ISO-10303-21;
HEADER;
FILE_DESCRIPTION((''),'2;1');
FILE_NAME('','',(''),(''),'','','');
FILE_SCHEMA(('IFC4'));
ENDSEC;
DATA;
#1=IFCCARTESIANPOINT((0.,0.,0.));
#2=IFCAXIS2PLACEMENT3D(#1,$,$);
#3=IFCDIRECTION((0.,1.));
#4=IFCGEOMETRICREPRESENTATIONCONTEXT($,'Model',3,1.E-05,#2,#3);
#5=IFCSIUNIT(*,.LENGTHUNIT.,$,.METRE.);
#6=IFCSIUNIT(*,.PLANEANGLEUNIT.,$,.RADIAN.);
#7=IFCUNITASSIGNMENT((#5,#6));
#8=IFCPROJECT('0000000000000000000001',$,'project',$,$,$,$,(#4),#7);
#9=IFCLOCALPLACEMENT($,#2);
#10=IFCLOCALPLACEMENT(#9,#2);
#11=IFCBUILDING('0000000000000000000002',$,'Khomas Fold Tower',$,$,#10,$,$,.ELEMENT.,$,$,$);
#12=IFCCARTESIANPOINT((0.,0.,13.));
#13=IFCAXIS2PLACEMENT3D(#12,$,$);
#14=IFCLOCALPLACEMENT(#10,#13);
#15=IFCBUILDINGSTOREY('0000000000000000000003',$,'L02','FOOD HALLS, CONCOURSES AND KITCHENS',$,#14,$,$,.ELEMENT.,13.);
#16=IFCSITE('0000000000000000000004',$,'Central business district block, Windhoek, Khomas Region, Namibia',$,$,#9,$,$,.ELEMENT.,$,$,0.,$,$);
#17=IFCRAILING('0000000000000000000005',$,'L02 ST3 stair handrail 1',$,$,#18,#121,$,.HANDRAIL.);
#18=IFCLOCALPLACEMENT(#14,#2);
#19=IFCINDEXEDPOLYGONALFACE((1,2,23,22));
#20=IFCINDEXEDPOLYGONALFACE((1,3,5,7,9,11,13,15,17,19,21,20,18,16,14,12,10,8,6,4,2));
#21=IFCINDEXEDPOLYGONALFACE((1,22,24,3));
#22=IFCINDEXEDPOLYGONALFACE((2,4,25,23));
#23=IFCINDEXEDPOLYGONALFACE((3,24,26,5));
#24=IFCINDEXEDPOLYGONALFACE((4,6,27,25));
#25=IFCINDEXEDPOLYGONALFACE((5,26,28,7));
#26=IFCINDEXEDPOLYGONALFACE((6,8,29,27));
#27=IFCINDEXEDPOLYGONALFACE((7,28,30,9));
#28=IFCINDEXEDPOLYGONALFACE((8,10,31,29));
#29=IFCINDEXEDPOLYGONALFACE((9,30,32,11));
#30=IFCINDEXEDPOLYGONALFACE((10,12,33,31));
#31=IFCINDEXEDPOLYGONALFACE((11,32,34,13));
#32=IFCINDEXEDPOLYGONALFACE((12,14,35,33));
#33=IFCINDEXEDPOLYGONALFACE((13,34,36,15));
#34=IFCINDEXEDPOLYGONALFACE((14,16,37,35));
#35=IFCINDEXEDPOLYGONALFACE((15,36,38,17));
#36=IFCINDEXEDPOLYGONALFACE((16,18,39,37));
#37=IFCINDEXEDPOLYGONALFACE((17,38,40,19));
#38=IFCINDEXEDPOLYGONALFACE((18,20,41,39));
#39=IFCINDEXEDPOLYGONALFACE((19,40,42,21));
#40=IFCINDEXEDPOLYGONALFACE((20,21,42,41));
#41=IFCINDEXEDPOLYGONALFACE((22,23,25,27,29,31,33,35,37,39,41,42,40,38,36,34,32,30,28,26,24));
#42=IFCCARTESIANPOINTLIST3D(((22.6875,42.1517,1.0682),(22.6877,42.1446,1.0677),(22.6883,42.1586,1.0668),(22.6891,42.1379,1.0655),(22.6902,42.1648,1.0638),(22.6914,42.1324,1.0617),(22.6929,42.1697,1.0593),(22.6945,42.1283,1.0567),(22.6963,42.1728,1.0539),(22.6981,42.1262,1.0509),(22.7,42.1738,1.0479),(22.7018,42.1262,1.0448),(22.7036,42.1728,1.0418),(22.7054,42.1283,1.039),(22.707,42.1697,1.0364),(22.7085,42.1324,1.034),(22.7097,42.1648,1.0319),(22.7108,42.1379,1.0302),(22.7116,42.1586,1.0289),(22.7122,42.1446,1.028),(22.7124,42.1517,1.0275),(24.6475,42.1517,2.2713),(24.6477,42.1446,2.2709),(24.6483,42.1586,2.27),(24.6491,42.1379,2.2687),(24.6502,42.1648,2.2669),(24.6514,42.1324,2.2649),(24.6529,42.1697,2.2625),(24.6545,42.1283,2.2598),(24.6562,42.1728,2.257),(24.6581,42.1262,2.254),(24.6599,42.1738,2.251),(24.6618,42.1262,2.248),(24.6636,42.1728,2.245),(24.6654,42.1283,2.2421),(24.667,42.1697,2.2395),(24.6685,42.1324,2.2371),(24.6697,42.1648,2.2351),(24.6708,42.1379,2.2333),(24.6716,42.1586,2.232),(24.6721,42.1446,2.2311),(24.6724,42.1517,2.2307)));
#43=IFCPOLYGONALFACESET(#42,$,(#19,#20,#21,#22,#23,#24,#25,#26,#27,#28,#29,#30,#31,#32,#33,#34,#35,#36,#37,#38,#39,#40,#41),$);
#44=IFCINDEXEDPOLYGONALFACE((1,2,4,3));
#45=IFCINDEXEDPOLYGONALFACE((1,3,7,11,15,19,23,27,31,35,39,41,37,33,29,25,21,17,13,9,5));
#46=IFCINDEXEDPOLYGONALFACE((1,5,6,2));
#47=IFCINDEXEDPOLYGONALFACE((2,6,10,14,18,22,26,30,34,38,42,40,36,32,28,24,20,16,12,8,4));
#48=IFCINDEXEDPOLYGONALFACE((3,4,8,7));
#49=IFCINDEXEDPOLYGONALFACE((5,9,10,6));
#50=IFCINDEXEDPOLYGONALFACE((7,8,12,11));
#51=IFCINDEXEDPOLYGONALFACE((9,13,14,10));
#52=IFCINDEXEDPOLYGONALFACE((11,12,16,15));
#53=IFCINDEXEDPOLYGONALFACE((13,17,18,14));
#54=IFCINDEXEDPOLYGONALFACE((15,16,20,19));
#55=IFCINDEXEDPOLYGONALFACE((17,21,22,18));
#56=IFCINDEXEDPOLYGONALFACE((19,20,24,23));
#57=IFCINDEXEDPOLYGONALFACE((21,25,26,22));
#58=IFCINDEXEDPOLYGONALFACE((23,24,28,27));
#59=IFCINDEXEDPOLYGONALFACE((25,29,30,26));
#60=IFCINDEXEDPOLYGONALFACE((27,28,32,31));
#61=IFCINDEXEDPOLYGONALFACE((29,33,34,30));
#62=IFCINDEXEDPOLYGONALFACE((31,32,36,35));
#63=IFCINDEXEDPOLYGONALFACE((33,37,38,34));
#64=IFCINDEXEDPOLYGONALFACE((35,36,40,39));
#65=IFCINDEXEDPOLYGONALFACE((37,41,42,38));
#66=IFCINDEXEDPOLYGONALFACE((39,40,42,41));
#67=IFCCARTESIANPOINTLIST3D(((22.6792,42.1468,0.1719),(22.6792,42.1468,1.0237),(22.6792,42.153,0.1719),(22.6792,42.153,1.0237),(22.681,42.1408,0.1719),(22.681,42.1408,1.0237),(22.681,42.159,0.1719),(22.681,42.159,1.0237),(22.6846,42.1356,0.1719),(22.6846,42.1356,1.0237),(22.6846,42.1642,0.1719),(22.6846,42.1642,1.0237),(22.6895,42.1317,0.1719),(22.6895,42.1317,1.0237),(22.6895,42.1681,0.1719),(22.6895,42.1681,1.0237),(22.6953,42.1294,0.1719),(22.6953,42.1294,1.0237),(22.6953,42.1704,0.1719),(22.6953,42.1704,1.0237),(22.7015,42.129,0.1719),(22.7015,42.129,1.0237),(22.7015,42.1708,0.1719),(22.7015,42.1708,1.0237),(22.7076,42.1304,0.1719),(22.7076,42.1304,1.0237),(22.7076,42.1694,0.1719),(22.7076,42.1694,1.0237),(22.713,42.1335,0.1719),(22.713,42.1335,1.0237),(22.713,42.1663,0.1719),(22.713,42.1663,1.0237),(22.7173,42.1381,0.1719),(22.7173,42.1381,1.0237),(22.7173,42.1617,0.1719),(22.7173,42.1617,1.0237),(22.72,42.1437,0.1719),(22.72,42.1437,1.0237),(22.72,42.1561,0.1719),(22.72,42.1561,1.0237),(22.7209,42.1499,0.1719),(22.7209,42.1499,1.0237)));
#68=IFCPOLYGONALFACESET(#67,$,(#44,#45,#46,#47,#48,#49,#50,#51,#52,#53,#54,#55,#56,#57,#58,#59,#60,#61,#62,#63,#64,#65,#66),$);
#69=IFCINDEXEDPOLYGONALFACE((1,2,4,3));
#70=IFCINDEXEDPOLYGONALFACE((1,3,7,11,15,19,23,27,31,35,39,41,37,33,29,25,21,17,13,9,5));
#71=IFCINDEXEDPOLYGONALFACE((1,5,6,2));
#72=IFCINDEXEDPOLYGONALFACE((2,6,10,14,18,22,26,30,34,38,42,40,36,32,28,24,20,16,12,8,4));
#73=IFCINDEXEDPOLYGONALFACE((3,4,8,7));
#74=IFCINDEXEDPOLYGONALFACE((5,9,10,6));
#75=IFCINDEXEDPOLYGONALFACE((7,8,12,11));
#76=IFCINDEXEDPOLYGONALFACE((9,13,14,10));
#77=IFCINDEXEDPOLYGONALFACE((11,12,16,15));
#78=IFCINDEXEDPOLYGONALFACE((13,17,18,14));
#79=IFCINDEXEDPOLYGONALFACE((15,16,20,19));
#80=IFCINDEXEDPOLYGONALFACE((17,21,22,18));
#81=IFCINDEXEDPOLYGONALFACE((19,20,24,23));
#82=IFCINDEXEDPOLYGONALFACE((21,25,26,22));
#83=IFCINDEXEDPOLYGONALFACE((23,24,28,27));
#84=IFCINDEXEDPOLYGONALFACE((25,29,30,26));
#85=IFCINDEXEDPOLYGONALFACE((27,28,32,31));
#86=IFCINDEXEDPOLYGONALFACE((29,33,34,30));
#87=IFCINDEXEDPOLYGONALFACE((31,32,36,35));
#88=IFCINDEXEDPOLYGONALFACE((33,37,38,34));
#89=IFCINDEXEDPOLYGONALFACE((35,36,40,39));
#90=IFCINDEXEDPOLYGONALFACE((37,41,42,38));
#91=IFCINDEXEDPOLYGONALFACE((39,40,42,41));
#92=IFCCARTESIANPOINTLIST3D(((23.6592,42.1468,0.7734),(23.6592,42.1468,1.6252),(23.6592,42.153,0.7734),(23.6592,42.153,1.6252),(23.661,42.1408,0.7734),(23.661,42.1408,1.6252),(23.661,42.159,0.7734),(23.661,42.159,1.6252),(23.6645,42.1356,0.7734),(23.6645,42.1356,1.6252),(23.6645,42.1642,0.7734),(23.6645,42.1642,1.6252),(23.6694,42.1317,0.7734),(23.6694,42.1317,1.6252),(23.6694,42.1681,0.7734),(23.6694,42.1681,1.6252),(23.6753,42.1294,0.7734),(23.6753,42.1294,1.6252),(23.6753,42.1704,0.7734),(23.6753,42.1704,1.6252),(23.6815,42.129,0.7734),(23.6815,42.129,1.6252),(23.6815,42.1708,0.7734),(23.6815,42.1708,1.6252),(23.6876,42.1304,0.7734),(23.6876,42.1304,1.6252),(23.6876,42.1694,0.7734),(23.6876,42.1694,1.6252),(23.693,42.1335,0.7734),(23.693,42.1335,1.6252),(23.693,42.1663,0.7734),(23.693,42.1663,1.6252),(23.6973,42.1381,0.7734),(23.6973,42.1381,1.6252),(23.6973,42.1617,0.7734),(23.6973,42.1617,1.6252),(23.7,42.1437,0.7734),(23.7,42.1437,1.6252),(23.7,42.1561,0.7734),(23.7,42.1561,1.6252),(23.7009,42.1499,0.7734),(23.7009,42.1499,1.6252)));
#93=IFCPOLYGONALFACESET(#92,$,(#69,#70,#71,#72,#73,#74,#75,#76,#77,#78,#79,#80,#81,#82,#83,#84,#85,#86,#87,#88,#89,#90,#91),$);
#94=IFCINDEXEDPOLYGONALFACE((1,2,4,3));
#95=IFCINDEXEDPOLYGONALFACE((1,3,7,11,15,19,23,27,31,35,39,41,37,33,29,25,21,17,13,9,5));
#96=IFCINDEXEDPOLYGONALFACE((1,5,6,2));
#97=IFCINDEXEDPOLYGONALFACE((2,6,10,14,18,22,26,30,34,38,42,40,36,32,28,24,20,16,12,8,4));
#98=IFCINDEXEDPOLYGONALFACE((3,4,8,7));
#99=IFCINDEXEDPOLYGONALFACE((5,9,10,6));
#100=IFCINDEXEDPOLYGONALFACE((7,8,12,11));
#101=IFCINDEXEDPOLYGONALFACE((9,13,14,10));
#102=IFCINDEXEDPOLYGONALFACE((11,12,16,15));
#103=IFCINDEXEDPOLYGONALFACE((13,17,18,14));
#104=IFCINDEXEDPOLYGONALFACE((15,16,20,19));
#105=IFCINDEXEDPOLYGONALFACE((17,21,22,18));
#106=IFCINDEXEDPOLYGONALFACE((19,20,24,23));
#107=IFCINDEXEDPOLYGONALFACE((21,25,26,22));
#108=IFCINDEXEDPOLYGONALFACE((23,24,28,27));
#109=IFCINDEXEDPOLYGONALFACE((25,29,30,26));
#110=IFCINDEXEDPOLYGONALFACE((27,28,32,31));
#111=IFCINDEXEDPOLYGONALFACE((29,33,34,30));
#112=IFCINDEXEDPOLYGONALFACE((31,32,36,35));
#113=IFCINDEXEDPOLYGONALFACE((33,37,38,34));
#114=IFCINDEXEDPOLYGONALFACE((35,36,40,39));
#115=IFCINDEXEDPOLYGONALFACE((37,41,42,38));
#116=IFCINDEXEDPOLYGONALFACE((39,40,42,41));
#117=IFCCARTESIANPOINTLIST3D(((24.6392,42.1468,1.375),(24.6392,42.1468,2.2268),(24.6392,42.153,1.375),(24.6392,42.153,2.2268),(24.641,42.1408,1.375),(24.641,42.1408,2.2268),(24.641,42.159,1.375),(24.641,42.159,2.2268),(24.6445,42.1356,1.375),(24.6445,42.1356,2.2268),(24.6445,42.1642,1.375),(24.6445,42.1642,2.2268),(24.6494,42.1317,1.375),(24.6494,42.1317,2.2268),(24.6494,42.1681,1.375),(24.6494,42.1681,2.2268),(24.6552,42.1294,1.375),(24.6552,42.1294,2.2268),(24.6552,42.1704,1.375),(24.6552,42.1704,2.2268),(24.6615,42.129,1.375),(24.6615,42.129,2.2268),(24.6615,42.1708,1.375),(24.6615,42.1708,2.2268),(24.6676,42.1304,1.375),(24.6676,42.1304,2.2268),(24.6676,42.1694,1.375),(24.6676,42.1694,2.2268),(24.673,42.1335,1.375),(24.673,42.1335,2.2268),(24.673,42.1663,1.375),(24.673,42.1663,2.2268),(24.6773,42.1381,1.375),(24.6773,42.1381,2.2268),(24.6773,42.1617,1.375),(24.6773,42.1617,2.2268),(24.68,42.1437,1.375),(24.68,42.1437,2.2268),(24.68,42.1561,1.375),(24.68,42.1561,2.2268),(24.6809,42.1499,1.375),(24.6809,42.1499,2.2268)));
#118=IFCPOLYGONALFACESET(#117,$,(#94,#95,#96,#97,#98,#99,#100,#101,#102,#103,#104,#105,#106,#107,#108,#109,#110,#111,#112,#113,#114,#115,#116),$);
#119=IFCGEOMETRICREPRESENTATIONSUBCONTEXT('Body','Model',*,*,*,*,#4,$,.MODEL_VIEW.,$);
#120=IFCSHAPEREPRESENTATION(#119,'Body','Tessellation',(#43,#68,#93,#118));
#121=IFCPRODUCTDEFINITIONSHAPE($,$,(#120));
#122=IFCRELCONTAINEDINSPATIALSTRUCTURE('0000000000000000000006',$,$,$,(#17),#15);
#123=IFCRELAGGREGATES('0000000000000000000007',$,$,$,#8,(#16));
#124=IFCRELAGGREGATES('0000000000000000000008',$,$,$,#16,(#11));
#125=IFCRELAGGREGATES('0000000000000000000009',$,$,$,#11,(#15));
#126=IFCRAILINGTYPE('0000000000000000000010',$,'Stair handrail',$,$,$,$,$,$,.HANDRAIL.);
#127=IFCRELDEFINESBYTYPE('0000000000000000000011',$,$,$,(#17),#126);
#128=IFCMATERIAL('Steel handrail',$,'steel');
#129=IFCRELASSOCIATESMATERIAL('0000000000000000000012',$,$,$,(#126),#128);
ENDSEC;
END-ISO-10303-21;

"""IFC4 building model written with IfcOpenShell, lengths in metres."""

from ifc_helpers import new_model, si_unit, direction, frame, origin, origin_2d, place, context, subcontext, project, spatial, circle, extrude, source, transform, mapped, material, type_object, element, save


model = new_model("IFC4")

# Units and contexts
model_context = context("Model", 3, precision=1e-05, world=origin(), true_north=direction((0.0, 1.0)))
body_context = subcontext(model_context, "Body", "Model", "MODEL_VIEW")
ifc_project = project(units=[si_unit("LENGTHUNIT", "METRE"), si_unit("PLANEANGLEUNIT", "RADIAN")], contexts=[model_context])

# Site, building, storey
site_placement = place(None, origin())
site = spatial("IfcSite", under=ifc_project, at=site_placement, Name="Central business district block, Windhoek, Khomas Region, Namibia", CompositionType="ELEMENT", RefElevation=0.0)
building_placement = place(site_placement, origin())
building = spatial("IfcBuilding", under=site, at=building_placement, Name="Khomas Fold Tower", CompositionType="ELEMENT")
storey_placement = place(building_placement, frame((0.0, 0.0, 13.0)))
storey = spatial("IfcBuildingStorey", under=building, at=storey_placement, Name="L02", Description="FOOD HALLS, CONCOURSES AND KITCHENS", CompositionType="ELEMENT", Elevation=13.0)

# Railing
ifc_material_1 = material(Name="Steel handrail", Category="steel")
railing_type_1 = type_object("IfcRailingType", Name="Stair handrail", PredefinedType="HANDRAIL", material=ifc_material_1)
shared_shape_1 = source(origin(), body_context, "Body", "SweptSolid", [
    extrude(circle(Radius=0.0239, at=origin_2d()), frame((0.0, 0.0, 0.876), z_axis=(0.852241, 0.0, 0.523149), x_axis=(0.0, 1.0, 0.0)), (0.0, 0.0, 1.0), 2.2998),
    extrude(circle(Radius=0.021, at=origin_2d()), origin(), (0.0, 0.0, 1.0), 0.8518),
    extrude(circle(Radius=0.021, at=origin_2d()), frame((0.98, 0.0, 0.6016)), (0.0, 0.0, 1.0), 0.8518),
    extrude(circle(Radius=0.021, at=origin_2d()), frame((1.96, 0.0, 1.2031)), (0.0, 0.0, 1.0), 0.8518),
])
for number, where, name in (
    (1, (22.7, 42.1499, 0.1719), "L02 ST3 stair handrail 1"),
):
    element("IfcRailing", number, at=place(storey_placement, frame(where)), inside=storey, type_object=railing_type_1, Name=name, PredefinedType="HANDRAIL", context=body_context, shape_type="MappedRepresentation", body=[
        mapped(shared_shape_1, transform((0.0, 0.0, 0.0))),
    ])

save(model, "model.ifc")
